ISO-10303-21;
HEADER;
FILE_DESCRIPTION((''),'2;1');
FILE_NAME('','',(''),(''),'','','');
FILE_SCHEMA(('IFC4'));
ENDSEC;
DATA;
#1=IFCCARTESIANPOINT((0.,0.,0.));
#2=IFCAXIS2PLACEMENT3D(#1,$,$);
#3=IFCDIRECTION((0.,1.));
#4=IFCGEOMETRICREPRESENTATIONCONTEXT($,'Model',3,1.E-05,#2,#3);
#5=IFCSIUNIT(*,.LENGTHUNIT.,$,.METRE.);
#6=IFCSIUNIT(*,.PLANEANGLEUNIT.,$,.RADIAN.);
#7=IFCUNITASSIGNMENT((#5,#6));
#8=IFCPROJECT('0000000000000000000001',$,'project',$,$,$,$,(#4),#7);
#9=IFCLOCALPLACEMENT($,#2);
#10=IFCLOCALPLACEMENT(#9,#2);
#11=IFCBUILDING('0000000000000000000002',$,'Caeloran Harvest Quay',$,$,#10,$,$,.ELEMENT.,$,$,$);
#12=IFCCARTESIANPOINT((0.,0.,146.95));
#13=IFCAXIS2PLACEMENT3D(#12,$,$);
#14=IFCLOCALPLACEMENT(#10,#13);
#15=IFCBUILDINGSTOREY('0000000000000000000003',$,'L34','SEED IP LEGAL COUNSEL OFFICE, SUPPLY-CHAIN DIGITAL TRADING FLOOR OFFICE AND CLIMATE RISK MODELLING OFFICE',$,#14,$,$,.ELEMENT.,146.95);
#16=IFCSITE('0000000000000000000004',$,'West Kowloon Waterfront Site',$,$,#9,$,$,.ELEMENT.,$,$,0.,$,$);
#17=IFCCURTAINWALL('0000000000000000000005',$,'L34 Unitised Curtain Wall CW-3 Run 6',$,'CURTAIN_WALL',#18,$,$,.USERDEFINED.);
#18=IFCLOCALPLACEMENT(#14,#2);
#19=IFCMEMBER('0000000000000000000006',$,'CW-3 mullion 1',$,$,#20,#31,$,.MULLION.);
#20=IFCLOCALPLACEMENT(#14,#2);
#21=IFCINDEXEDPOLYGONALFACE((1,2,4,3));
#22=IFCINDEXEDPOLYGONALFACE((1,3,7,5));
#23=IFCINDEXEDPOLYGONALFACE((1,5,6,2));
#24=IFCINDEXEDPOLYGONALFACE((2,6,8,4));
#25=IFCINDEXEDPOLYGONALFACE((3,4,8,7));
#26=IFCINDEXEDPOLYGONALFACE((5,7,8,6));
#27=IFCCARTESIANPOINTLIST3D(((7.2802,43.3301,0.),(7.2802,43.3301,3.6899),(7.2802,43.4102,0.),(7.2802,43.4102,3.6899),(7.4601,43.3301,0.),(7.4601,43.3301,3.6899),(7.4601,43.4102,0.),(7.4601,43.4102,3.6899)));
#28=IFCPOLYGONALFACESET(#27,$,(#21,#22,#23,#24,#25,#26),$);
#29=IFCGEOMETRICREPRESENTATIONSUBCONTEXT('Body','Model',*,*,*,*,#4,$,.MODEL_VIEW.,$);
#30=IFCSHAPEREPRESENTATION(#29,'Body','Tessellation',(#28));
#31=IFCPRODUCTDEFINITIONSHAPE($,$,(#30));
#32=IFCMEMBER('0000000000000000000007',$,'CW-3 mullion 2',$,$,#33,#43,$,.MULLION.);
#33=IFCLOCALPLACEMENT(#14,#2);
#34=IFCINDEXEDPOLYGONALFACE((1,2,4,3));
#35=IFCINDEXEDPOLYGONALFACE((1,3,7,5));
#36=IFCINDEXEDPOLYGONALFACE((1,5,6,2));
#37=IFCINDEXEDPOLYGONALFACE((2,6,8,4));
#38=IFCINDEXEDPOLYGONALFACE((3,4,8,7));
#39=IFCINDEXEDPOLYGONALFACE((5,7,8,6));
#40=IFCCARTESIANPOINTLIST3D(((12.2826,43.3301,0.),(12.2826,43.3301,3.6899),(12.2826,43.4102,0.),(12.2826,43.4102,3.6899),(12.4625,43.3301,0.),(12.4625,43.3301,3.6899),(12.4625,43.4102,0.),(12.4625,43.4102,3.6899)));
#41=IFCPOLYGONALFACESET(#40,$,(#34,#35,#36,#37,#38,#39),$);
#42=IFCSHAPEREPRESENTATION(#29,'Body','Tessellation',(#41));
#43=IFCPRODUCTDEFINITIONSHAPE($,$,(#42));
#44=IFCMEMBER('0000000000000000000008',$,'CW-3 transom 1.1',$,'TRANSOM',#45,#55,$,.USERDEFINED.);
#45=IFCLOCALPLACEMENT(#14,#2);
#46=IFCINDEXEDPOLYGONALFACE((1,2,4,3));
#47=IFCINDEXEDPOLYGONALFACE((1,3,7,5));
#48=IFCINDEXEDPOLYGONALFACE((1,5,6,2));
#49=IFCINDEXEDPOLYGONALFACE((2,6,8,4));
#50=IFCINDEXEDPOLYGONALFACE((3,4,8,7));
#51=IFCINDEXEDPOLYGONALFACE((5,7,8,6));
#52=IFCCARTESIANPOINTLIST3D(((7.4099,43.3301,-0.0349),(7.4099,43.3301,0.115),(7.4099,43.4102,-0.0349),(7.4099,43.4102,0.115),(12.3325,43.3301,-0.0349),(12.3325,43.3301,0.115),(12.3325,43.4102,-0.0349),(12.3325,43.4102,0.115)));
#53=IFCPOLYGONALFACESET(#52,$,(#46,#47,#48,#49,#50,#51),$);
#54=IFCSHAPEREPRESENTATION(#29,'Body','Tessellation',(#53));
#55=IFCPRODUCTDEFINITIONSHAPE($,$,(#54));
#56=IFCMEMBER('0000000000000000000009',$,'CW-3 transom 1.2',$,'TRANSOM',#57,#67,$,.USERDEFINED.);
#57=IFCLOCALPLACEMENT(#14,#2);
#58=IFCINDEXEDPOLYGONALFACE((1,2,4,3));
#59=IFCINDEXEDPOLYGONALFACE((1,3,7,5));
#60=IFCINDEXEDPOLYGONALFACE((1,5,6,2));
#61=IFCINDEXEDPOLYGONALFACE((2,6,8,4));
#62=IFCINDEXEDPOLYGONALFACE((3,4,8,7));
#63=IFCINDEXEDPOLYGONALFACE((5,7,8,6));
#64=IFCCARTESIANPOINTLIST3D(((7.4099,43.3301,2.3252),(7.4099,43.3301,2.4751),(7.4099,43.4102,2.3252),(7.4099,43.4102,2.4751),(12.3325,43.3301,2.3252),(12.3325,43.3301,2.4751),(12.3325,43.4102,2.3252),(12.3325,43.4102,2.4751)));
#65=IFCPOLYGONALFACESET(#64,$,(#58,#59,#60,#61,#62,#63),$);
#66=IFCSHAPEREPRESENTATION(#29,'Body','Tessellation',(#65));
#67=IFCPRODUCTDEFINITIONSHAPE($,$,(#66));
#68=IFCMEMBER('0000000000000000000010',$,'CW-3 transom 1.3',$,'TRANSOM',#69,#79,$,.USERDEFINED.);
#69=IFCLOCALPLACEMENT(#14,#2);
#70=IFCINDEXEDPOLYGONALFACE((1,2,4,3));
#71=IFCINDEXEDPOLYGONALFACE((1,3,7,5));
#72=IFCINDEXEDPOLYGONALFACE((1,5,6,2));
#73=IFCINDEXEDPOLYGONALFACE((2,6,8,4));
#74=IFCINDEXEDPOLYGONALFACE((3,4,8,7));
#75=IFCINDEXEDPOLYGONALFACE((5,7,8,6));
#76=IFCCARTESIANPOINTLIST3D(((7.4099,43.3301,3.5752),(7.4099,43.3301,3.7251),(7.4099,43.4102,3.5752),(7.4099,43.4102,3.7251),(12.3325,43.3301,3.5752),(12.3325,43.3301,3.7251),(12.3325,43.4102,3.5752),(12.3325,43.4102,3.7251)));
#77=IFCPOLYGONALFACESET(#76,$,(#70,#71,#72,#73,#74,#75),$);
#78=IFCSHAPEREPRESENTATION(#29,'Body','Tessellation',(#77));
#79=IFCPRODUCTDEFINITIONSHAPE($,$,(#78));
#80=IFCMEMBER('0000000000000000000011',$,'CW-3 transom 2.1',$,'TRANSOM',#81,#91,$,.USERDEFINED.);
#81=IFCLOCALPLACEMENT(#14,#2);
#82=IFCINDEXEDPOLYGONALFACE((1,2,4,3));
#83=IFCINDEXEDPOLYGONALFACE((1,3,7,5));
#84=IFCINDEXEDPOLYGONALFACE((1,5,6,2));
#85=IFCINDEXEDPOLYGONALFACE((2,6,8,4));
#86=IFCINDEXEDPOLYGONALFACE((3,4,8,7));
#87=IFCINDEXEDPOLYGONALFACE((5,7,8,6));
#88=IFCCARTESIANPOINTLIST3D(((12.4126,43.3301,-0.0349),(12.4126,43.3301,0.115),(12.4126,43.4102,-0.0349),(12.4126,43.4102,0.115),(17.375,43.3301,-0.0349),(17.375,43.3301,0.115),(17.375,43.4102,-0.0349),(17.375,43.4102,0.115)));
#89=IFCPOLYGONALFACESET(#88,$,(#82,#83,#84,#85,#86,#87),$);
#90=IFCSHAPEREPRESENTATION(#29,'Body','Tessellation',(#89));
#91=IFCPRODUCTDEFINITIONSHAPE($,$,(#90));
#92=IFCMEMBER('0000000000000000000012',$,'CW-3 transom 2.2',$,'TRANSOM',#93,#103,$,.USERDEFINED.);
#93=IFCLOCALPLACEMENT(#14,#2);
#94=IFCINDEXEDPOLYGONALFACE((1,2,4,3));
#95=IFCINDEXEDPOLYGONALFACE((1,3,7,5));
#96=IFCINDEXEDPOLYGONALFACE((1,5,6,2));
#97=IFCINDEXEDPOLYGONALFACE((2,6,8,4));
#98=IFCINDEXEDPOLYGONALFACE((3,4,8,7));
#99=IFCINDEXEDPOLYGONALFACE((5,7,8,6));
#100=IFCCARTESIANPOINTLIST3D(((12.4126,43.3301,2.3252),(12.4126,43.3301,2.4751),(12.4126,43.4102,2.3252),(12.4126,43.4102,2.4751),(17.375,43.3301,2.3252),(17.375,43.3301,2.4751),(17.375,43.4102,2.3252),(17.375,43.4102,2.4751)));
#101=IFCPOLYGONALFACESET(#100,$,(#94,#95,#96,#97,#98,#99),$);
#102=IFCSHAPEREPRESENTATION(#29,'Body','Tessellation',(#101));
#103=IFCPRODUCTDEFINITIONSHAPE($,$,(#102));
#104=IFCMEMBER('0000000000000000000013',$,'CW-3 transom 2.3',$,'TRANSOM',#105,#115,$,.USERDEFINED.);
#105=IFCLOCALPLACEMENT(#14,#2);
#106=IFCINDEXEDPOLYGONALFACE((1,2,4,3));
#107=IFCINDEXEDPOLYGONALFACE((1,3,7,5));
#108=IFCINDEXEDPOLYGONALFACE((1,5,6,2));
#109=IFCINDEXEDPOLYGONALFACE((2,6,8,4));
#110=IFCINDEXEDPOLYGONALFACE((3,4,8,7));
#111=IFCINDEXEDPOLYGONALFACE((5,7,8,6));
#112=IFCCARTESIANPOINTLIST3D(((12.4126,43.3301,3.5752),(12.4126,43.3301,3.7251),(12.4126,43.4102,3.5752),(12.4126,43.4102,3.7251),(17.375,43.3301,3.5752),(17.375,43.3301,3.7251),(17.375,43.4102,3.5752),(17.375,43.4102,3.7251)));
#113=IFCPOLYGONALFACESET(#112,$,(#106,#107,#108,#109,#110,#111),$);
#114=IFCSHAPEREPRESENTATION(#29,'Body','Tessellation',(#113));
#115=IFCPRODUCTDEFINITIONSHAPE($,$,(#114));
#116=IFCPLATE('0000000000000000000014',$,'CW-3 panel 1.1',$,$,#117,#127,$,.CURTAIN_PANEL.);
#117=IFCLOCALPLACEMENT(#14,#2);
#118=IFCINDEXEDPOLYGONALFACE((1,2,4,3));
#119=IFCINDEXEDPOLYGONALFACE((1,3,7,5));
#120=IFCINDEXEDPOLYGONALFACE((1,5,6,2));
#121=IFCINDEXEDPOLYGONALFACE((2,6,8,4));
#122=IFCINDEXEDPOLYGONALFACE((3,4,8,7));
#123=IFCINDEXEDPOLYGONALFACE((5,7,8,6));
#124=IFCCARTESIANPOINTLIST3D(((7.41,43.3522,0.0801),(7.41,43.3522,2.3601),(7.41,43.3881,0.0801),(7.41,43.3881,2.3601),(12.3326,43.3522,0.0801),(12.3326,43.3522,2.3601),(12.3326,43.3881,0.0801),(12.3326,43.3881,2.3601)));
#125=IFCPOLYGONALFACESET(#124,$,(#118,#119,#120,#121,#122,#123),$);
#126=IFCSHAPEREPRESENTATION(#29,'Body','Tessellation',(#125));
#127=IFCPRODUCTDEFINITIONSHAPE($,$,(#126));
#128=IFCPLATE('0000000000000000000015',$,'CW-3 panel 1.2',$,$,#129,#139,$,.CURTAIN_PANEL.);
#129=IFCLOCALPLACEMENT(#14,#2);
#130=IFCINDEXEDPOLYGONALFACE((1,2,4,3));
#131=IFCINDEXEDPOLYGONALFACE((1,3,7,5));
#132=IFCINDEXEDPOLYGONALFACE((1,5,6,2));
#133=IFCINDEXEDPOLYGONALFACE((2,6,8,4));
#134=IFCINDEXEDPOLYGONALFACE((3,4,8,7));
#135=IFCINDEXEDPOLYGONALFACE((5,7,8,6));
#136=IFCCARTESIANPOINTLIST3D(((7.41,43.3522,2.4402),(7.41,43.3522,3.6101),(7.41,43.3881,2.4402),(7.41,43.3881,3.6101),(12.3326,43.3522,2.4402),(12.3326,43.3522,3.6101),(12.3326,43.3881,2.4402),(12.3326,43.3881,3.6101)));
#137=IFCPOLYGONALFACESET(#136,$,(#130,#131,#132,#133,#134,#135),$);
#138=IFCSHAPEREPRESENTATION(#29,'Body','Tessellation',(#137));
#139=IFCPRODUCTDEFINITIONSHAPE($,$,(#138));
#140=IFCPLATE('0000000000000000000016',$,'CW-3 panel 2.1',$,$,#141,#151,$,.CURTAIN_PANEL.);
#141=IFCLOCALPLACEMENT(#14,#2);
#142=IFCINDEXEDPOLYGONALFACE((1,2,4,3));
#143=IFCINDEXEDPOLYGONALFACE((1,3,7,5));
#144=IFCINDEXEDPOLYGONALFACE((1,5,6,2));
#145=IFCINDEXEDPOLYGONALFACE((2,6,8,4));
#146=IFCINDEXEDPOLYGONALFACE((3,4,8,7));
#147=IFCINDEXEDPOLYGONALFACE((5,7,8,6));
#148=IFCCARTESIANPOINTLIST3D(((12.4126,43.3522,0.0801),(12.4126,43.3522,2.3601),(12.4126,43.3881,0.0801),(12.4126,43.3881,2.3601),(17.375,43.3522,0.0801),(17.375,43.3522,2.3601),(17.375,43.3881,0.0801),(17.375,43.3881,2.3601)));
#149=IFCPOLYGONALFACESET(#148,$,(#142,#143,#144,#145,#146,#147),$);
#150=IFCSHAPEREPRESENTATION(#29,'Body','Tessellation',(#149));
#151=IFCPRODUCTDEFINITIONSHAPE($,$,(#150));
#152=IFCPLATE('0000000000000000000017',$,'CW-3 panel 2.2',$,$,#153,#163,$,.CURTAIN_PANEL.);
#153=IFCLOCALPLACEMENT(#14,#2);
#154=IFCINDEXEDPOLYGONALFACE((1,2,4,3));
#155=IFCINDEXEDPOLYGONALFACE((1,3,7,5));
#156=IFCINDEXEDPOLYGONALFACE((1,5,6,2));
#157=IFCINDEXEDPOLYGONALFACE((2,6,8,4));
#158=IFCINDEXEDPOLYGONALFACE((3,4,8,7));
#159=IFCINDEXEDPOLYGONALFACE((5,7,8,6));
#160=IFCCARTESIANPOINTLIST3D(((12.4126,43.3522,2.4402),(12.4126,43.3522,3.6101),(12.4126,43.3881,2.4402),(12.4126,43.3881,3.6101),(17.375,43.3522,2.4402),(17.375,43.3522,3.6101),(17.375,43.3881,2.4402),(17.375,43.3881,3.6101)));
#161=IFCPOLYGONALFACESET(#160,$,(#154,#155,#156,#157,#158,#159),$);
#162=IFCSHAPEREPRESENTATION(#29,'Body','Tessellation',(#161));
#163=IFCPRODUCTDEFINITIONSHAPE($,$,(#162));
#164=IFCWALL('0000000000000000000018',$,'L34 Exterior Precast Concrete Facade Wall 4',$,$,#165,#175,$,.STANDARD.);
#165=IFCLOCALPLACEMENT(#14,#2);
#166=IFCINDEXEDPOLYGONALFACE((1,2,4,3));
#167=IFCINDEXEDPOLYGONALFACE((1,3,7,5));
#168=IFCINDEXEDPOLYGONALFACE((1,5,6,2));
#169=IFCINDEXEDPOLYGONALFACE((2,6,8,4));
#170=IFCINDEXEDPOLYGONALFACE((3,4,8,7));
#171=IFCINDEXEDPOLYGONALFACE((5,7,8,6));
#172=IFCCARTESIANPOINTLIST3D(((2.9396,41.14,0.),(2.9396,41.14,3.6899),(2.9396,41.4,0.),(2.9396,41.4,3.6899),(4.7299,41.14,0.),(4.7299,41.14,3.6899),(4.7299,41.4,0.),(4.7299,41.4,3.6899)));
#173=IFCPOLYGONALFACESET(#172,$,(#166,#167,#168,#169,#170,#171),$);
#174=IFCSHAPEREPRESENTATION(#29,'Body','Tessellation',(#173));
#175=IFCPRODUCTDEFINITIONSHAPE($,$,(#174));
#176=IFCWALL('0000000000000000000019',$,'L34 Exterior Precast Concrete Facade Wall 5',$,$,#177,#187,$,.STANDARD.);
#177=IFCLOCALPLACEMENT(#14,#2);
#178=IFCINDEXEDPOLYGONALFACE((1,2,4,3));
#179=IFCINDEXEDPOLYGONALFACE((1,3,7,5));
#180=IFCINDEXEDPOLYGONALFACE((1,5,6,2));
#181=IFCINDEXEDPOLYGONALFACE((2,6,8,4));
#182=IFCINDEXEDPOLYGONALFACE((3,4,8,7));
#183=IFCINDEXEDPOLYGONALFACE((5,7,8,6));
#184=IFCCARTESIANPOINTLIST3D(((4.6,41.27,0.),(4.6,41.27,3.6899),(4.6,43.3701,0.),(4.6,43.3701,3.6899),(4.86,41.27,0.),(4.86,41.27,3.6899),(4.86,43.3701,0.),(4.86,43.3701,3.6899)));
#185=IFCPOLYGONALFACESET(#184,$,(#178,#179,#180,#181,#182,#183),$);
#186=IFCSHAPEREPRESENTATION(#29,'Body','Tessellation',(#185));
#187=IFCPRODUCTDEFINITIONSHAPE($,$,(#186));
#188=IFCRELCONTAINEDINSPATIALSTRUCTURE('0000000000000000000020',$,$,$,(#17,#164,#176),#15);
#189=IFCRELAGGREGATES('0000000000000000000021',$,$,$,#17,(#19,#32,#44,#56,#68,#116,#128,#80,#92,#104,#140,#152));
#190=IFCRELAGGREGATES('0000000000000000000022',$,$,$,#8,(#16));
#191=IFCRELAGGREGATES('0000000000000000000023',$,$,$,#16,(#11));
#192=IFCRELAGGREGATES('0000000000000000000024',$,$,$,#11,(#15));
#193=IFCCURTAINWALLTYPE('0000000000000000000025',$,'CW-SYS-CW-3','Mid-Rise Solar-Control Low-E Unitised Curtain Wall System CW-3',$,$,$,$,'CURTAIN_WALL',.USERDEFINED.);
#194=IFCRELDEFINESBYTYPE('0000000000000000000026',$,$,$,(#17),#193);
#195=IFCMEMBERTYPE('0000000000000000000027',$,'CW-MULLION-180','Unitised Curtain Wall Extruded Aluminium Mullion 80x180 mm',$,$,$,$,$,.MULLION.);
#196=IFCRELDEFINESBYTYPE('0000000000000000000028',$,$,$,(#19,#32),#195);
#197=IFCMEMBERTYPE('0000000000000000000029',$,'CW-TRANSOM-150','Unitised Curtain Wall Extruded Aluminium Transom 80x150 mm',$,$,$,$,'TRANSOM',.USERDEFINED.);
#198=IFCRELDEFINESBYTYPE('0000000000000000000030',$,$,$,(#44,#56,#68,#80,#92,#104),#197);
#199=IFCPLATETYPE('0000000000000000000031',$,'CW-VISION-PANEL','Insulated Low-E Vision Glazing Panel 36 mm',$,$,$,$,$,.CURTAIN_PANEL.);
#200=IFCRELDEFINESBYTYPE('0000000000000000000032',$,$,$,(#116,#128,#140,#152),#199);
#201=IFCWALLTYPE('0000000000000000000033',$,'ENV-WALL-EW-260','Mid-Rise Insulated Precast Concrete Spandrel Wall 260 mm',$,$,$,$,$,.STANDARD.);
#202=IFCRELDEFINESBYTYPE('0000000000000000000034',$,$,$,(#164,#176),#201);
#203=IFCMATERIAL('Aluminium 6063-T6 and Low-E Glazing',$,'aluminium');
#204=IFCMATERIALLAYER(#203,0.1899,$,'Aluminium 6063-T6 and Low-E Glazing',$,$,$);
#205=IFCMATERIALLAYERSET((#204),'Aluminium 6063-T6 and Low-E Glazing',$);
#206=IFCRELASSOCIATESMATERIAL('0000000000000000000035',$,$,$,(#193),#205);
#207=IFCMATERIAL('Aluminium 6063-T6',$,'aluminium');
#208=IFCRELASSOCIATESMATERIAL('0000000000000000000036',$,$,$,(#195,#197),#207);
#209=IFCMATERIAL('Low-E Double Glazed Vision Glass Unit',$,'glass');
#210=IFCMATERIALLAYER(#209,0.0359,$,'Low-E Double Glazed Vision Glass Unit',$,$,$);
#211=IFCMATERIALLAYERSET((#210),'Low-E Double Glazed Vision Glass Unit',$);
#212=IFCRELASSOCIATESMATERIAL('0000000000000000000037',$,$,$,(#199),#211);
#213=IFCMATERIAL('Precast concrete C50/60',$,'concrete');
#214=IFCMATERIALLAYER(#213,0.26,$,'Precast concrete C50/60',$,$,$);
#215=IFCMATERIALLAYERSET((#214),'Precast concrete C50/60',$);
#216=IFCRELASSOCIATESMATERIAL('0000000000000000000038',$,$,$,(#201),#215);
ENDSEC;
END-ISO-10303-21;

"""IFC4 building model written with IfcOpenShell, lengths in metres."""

from ifc_helpers import new_model, si_unit, direction, frame, frame_2d, origin, origin_2d, place, context, subcontext, project, spatial, rectangle, extrude, material, layer, layer_set, material_profile, profile_set, type_object, element, aggregate, save


model = new_model("IFC4")

# Units and contexts
model_context = context("Model", 3, precision=1e-05, world=origin(), true_north=direction((0.0, 1.0)))
body_context = subcontext(model_context, "Body", "Model", "MODEL_VIEW")
ifc_project = project(units=[si_unit("LENGTHUNIT", "METRE"), si_unit("PLANEANGLEUNIT", "RADIAN")], contexts=[model_context])

# Site, building, storey
site_placement = place(None, origin())
site = spatial("IfcSite", under=ifc_project, at=site_placement, Name="West Kowloon Waterfront Site", CompositionType="ELEMENT", RefElevation=0.0)
building_placement = place(site_placement, origin())
building = spatial("IfcBuilding", under=site, at=building_placement, Name="Caeloran Harvest Quay", CompositionType="ELEMENT")
storey_placement = place(building_placement, frame((0.0, 0.0, 146.95)))
storey = spatial("IfcBuildingStorey", under=building, at=storey_placement, Name="L34", Description="SEED IP LEGAL COUNSEL OFFICE, SUPPLY-CHAIN DIGITAL TRADING FLOOR OFFICE AND CLIMATE RISK MODELLING OFFICE", CompositionType="ELEMENT", Elevation=146.95)

# Curtain wall, members, plates
ifc_material_1 = material(Name="Aluminium 6063-T6 and Low-E Glazing", Category="aluminium")
ifc_layer_1 = layer(ifc_material_1, 0.1899, Name="Aluminium 6063-T6 and Low-E Glazing")
ifc_layer_set_1 = layer_set([ifc_layer_1], Name="Aluminium 6063-T6 and Low-E Glazing")
curtain_wall_type = type_object("IfcCurtainWallType", Name="CW-SYS-CW-3", Description="Mid-Rise Solar-Control Low-E Unitised Curtain Wall System CW-3", ElementType="CURTAIN_WALL", PredefinedType="USERDEFINED", material=ifc_layer_set_1)
curtain_wall_placement = place(storey_placement, origin())
curtain_wall = element("IfcCurtainWall", 1, at=curtain_wall_placement, inside=storey, type_object=curtain_wall_type, Name="L34 Unitised Curtain Wall CW-3 Run 6", ObjectType="CURTAIN_WALL", PredefinedType="USERDEFINED")
ifc_material_2 = material(Name="Aluminium 6063-T6", Category="aluminium")
ifc_material_profile_1 = material_profile(ifc_material_2, rectangle(XDim=0.0801, YDim=0.1799, at=origin_2d()), Name="CW-MULLION-180")
ifc_profile_set_1 = profile_set([ifc_material_profile_1], Name="Aluminium 6063-T6")
member_type_1 = type_object("IfcMemberType", Name="CW-MULLION-180", Description="Unitised Curtain Wall Extruded Aluminium Mullion 80x180 mm", PredefinedType="MULLION", material=ifc_profile_set_1)
member_1_placement = place(storey_placement, frame((7.3701, 43.3701, 0.0), z_axis=(0.0, 0.0, 1.0), x_axis=(0.0, 1.0, 0.0)))
member_1 = element("IfcMember", 2, at=member_1_placement, type_object=member_type_1, Name="CW-3 mullion 1", PredefinedType="MULLION", context=body_context, shape_type="SweptSolid", body=[
    extrude(rectangle(XDim=0.0801, YDim=0.1799, at=origin_2d()), origin(), (0.0, 0.0, 1.0), 3.6899),
])
member_2_placement = place(storey_placement, frame((12.3726, 43.3701, 0.0), z_axis=(0.0, 0.0, 1.0), x_axis=(0.0, 1.0, 0.0)))
member_2 = element("IfcMember", 3, at=member_2_placement, type_object=member_type_1, Name="CW-3 mullion 2", PredefinedType="MULLION", context=body_context, shape_type="SweptSolid", body=[
    extrude(rectangle(XDim=0.0801, YDim=0.1799, at=origin_2d()), origin(), (0.0, 0.0, 1.0), 3.6899),
])
ifc_material_profile_2 = material_profile(ifc_material_2, rectangle(XDim=0.0801, YDim=0.1499, at=origin_2d()), Name="CW-TRANSOM-150")
ifc_profile_set_2 = profile_set([ifc_material_profile_2], Name="Aluminium 6063-T6")
member_type_2 = type_object("IfcMemberType", Name="CW-TRANSOM-150", Description="Unitised Curtain Wall Extruded Aluminium Transom 80x150 mm", ElementType="TRANSOM", PredefinedType="USERDEFINED", material=ifc_profile_set_2)
member_3_placement = place(storey_placement, frame((7.4099, 43.3701, 0.04), z_axis=(1.0, 0.0, 0.0), x_axis=(0.0, 1.0, 0.0)))
member_3 = element("IfcMember", 4, at=member_3_placement, type_object=member_type_2, Name="CW-3 transom 1.1", ObjectType="TRANSOM", PredefinedType="USERDEFINED", context=body_context, shape_type="SweptSolid", body=[
    extrude(rectangle(XDim=0.0801, YDim=0.1499, at=origin_2d()), origin(), (0.0, 0.0, 1.0), 4.9226),
])
member_4_placement = place(storey_placement, frame((7.4099, 43.3701, 2.4001), z_axis=(1.0, 0.0, 0.0), x_axis=(0.0, 1.0, 0.0)))
member_4 = element("IfcMember", 5, at=member_4_placement, type_object=member_type_2, Name="CW-3 transom 1.2", ObjectType="TRANSOM", PredefinedType="USERDEFINED", context=body_context, shape_type="SweptSolid", body=[
    extrude(rectangle(XDim=0.0801, YDim=0.1499, at=origin_2d()), origin(), (0.0, 0.0, 1.0), 4.9226),
])
member_5_placement = place(storey_placement, frame((7.4099, 43.3701, 3.6501), z_axis=(1.0, 0.0, 0.0), x_axis=(0.0, 1.0, 0.0)))
member_5 = element("IfcMember", 6, at=member_5_placement, type_object=member_type_2, Name="CW-3 transom 1.3", ObjectType="TRANSOM", PredefinedType="USERDEFINED", context=body_context, shape_type="SweptSolid", body=[
    extrude(rectangle(XDim=0.0801, YDim=0.1499, at=origin_2d()), origin(), (0.0, 0.0, 1.0), 4.9226),
])
member_6_placement = place(storey_placement, frame((12.4126, 43.3701, 0.04), z_axis=(1.0, 0.0, 0.0), x_axis=(0.0, 1.0, 0.0)))
member_6 = element("IfcMember", 7, at=member_6_placement, type_object=member_type_2, Name="CW-3 transom 2.1", ObjectType="TRANSOM", PredefinedType="USERDEFINED", context=body_context, shape_type="SweptSolid", body=[
    extrude(rectangle(XDim=0.0801, YDim=0.1499, at=origin_2d()), origin(), (0.0, 0.0, 1.0), 4.9624),
])
member_7_placement = place(storey_placement, frame((12.4126, 43.3701, 2.4001), z_axis=(1.0, 0.0, 0.0), x_axis=(0.0, 1.0, 0.0)))
member_7 = element("IfcMember", 8, at=member_7_placement, type_object=member_type_2, Name="CW-3 transom 2.2", ObjectType="TRANSOM", PredefinedType="USERDEFINED", context=body_context, shape_type="SweptSolid", body=[
    extrude(rectangle(XDim=0.0801, YDim=0.1499, at=origin_2d()), origin(), (0.0, 0.0, 1.0), 4.9624),
])
member_8_placement = place(storey_placement, frame((12.4126, 43.3701, 3.6501), z_axis=(1.0, 0.0, 0.0), x_axis=(0.0, 1.0, 0.0)))
member_8 = element("IfcMember", 9, at=member_8_placement, type_object=member_type_2, Name="CW-3 transom 2.3", ObjectType="TRANSOM", PredefinedType="USERDEFINED", context=body_context, shape_type="SweptSolid", body=[
    extrude(rectangle(XDim=0.0801, YDim=0.1499, at=origin_2d()), origin(), (0.0, 0.0, 1.0), 4.9624),
])
ifc_material_3 = material(Name="Low-E Double Glazed Vision Glass Unit", Category="glass")
ifc_layer_2 = layer(ifc_material_3, 0.0359, Name="Low-E Double Glazed Vision Glass Unit")
ifc_layer_set_2 = layer_set([ifc_layer_2], Name="Low-E Double Glazed Vision Glass Unit")
plate_type = type_object("IfcPlateType", Name="CW-VISION-PANEL", Description="Insulated Low-E Vision Glazing Panel 36 mm", PredefinedType="CURTAIN_PANEL", material=ifc_layer_set_2)
plate_1_placement = place(storey_placement, frame((9.8713, 43.3701, 0.0801), z_axis=(0.0, 0.0, 1.0), x_axis=(1.0, 0.0, 0.0)))
plate_1 = element("IfcPlate", 10, at=plate_1_placement, type_object=plate_type, Name="CW-3 panel 1.1", PredefinedType="CURTAIN_PANEL", context=body_context, shape_type="SweptSolid", body=[
    extrude(rectangle(XDim=4.9226, YDim=0.0359, at=origin_2d()), origin(), (0.0, 0.0, 1.0), 2.28),
])
plate_2_placement = place(storey_placement, frame((9.8713, 43.3701, 2.4402), z_axis=(0.0, 0.0, 1.0), x_axis=(1.0, 0.0, 0.0)))
plate_2 = element("IfcPlate", 11, at=plate_2_placement, type_object=plate_type, Name="CW-3 panel 1.2", PredefinedType="CURTAIN_PANEL", context=body_context, shape_type="SweptSolid", body=[
    extrude(rectangle(XDim=4.9226, YDim=0.0359, at=origin_2d()), origin(), (0.0, 0.0, 1.0), 1.1699),
])
plate_3_placement = place(storey_placement, frame((14.8938, 43.3701, 0.0801), z_axis=(0.0, 0.0, 1.0), x_axis=(1.0, 0.0, 0.0)))
plate_3 = element("IfcPlate", 12, at=plate_3_placement, type_object=plate_type, Name="CW-3 panel 2.1", PredefinedType="CURTAIN_PANEL", context=body_context, shape_type="SweptSolid", body=[
    extrude(rectangle(XDim=4.9624, YDim=0.0359, at=origin_2d()), origin(), (0.0, 0.0, 1.0), 2.28),
])
plate_4_placement = place(storey_placement, frame((14.8938, 43.3701, 2.4402), z_axis=(0.0, 0.0, 1.0), x_axis=(1.0, 0.0, 0.0)))
plate_4 = element("IfcPlate", 13, at=plate_4_placement, type_object=plate_type, Name="CW-3 panel 2.2", PredefinedType="CURTAIN_PANEL", context=body_context, shape_type="SweptSolid", body=[
    extrude(rectangle(XDim=4.9624, YDim=0.0359, at=origin_2d()), origin(), (0.0, 0.0, 1.0), 1.1699),
])
aggregate(curtain_wall, [member_1, member_2, member_3, member_4, member_5, plate_1, plate_2, member_6, member_7, member_8, plate_3, plate_4])

# Walls
ifc_material_4 = material(Name="Precast concrete C50/60", Category="concrete")
ifc_layer_3 = layer(ifc_material_4, 0.26, Name="Precast concrete C50/60")
ifc_layer_set_3 = layer_set([ifc_layer_3], Name="Precast concrete C50/60")
wall_type_1 = type_object("IfcWallType", Name="ENV-WALL-EW-260", Description="Mid-Rise Insulated Precast Concrete Spandrel Wall 260 mm", PredefinedType="STANDARD", material=ifc_layer_set_3)
wall_1_placement = place(storey_placement, frame((2.9397, 41.27, 0.0), z_axis=(0.0, 0.0, 1.0), x_axis=(1.0, 0.0, 0.0)))
element("IfcWall", 14, at=wall_1_placement, inside=storey, type_object=wall_type_1, Name="L34 Exterior Precast Concrete Facade Wall 4", PredefinedType="STANDARD", context=body_context, shape_type="SweptSolid", body=[
    extrude(rectangle(XDim=1.7903, YDim=0.26, at=frame_2d((0.895, 0.0))), origin(), (0.0, 0.0, 1.0), 3.6899),
])
wall_2_placement = place(storey_placement, frame((4.73, 41.27, 0.0), z_axis=(0.0, 0.0, 1.0), x_axis=(0.0, 1.0, 0.0)))
element("IfcWall", 15, at=wall_2_placement, inside=storey, type_object=wall_type_1, Name="L34 Exterior Precast Concrete Facade Wall 5", PredefinedType="STANDARD", context=body_context, shape_type="SweptSolid", body=[
    extrude(rectangle(XDim=2.1001, YDim=0.26, at=frame_2d((1.05, 0.0))), origin(), (0.0, 0.0, 1.0), 3.6899),
])

save(model, "model.ifc")
